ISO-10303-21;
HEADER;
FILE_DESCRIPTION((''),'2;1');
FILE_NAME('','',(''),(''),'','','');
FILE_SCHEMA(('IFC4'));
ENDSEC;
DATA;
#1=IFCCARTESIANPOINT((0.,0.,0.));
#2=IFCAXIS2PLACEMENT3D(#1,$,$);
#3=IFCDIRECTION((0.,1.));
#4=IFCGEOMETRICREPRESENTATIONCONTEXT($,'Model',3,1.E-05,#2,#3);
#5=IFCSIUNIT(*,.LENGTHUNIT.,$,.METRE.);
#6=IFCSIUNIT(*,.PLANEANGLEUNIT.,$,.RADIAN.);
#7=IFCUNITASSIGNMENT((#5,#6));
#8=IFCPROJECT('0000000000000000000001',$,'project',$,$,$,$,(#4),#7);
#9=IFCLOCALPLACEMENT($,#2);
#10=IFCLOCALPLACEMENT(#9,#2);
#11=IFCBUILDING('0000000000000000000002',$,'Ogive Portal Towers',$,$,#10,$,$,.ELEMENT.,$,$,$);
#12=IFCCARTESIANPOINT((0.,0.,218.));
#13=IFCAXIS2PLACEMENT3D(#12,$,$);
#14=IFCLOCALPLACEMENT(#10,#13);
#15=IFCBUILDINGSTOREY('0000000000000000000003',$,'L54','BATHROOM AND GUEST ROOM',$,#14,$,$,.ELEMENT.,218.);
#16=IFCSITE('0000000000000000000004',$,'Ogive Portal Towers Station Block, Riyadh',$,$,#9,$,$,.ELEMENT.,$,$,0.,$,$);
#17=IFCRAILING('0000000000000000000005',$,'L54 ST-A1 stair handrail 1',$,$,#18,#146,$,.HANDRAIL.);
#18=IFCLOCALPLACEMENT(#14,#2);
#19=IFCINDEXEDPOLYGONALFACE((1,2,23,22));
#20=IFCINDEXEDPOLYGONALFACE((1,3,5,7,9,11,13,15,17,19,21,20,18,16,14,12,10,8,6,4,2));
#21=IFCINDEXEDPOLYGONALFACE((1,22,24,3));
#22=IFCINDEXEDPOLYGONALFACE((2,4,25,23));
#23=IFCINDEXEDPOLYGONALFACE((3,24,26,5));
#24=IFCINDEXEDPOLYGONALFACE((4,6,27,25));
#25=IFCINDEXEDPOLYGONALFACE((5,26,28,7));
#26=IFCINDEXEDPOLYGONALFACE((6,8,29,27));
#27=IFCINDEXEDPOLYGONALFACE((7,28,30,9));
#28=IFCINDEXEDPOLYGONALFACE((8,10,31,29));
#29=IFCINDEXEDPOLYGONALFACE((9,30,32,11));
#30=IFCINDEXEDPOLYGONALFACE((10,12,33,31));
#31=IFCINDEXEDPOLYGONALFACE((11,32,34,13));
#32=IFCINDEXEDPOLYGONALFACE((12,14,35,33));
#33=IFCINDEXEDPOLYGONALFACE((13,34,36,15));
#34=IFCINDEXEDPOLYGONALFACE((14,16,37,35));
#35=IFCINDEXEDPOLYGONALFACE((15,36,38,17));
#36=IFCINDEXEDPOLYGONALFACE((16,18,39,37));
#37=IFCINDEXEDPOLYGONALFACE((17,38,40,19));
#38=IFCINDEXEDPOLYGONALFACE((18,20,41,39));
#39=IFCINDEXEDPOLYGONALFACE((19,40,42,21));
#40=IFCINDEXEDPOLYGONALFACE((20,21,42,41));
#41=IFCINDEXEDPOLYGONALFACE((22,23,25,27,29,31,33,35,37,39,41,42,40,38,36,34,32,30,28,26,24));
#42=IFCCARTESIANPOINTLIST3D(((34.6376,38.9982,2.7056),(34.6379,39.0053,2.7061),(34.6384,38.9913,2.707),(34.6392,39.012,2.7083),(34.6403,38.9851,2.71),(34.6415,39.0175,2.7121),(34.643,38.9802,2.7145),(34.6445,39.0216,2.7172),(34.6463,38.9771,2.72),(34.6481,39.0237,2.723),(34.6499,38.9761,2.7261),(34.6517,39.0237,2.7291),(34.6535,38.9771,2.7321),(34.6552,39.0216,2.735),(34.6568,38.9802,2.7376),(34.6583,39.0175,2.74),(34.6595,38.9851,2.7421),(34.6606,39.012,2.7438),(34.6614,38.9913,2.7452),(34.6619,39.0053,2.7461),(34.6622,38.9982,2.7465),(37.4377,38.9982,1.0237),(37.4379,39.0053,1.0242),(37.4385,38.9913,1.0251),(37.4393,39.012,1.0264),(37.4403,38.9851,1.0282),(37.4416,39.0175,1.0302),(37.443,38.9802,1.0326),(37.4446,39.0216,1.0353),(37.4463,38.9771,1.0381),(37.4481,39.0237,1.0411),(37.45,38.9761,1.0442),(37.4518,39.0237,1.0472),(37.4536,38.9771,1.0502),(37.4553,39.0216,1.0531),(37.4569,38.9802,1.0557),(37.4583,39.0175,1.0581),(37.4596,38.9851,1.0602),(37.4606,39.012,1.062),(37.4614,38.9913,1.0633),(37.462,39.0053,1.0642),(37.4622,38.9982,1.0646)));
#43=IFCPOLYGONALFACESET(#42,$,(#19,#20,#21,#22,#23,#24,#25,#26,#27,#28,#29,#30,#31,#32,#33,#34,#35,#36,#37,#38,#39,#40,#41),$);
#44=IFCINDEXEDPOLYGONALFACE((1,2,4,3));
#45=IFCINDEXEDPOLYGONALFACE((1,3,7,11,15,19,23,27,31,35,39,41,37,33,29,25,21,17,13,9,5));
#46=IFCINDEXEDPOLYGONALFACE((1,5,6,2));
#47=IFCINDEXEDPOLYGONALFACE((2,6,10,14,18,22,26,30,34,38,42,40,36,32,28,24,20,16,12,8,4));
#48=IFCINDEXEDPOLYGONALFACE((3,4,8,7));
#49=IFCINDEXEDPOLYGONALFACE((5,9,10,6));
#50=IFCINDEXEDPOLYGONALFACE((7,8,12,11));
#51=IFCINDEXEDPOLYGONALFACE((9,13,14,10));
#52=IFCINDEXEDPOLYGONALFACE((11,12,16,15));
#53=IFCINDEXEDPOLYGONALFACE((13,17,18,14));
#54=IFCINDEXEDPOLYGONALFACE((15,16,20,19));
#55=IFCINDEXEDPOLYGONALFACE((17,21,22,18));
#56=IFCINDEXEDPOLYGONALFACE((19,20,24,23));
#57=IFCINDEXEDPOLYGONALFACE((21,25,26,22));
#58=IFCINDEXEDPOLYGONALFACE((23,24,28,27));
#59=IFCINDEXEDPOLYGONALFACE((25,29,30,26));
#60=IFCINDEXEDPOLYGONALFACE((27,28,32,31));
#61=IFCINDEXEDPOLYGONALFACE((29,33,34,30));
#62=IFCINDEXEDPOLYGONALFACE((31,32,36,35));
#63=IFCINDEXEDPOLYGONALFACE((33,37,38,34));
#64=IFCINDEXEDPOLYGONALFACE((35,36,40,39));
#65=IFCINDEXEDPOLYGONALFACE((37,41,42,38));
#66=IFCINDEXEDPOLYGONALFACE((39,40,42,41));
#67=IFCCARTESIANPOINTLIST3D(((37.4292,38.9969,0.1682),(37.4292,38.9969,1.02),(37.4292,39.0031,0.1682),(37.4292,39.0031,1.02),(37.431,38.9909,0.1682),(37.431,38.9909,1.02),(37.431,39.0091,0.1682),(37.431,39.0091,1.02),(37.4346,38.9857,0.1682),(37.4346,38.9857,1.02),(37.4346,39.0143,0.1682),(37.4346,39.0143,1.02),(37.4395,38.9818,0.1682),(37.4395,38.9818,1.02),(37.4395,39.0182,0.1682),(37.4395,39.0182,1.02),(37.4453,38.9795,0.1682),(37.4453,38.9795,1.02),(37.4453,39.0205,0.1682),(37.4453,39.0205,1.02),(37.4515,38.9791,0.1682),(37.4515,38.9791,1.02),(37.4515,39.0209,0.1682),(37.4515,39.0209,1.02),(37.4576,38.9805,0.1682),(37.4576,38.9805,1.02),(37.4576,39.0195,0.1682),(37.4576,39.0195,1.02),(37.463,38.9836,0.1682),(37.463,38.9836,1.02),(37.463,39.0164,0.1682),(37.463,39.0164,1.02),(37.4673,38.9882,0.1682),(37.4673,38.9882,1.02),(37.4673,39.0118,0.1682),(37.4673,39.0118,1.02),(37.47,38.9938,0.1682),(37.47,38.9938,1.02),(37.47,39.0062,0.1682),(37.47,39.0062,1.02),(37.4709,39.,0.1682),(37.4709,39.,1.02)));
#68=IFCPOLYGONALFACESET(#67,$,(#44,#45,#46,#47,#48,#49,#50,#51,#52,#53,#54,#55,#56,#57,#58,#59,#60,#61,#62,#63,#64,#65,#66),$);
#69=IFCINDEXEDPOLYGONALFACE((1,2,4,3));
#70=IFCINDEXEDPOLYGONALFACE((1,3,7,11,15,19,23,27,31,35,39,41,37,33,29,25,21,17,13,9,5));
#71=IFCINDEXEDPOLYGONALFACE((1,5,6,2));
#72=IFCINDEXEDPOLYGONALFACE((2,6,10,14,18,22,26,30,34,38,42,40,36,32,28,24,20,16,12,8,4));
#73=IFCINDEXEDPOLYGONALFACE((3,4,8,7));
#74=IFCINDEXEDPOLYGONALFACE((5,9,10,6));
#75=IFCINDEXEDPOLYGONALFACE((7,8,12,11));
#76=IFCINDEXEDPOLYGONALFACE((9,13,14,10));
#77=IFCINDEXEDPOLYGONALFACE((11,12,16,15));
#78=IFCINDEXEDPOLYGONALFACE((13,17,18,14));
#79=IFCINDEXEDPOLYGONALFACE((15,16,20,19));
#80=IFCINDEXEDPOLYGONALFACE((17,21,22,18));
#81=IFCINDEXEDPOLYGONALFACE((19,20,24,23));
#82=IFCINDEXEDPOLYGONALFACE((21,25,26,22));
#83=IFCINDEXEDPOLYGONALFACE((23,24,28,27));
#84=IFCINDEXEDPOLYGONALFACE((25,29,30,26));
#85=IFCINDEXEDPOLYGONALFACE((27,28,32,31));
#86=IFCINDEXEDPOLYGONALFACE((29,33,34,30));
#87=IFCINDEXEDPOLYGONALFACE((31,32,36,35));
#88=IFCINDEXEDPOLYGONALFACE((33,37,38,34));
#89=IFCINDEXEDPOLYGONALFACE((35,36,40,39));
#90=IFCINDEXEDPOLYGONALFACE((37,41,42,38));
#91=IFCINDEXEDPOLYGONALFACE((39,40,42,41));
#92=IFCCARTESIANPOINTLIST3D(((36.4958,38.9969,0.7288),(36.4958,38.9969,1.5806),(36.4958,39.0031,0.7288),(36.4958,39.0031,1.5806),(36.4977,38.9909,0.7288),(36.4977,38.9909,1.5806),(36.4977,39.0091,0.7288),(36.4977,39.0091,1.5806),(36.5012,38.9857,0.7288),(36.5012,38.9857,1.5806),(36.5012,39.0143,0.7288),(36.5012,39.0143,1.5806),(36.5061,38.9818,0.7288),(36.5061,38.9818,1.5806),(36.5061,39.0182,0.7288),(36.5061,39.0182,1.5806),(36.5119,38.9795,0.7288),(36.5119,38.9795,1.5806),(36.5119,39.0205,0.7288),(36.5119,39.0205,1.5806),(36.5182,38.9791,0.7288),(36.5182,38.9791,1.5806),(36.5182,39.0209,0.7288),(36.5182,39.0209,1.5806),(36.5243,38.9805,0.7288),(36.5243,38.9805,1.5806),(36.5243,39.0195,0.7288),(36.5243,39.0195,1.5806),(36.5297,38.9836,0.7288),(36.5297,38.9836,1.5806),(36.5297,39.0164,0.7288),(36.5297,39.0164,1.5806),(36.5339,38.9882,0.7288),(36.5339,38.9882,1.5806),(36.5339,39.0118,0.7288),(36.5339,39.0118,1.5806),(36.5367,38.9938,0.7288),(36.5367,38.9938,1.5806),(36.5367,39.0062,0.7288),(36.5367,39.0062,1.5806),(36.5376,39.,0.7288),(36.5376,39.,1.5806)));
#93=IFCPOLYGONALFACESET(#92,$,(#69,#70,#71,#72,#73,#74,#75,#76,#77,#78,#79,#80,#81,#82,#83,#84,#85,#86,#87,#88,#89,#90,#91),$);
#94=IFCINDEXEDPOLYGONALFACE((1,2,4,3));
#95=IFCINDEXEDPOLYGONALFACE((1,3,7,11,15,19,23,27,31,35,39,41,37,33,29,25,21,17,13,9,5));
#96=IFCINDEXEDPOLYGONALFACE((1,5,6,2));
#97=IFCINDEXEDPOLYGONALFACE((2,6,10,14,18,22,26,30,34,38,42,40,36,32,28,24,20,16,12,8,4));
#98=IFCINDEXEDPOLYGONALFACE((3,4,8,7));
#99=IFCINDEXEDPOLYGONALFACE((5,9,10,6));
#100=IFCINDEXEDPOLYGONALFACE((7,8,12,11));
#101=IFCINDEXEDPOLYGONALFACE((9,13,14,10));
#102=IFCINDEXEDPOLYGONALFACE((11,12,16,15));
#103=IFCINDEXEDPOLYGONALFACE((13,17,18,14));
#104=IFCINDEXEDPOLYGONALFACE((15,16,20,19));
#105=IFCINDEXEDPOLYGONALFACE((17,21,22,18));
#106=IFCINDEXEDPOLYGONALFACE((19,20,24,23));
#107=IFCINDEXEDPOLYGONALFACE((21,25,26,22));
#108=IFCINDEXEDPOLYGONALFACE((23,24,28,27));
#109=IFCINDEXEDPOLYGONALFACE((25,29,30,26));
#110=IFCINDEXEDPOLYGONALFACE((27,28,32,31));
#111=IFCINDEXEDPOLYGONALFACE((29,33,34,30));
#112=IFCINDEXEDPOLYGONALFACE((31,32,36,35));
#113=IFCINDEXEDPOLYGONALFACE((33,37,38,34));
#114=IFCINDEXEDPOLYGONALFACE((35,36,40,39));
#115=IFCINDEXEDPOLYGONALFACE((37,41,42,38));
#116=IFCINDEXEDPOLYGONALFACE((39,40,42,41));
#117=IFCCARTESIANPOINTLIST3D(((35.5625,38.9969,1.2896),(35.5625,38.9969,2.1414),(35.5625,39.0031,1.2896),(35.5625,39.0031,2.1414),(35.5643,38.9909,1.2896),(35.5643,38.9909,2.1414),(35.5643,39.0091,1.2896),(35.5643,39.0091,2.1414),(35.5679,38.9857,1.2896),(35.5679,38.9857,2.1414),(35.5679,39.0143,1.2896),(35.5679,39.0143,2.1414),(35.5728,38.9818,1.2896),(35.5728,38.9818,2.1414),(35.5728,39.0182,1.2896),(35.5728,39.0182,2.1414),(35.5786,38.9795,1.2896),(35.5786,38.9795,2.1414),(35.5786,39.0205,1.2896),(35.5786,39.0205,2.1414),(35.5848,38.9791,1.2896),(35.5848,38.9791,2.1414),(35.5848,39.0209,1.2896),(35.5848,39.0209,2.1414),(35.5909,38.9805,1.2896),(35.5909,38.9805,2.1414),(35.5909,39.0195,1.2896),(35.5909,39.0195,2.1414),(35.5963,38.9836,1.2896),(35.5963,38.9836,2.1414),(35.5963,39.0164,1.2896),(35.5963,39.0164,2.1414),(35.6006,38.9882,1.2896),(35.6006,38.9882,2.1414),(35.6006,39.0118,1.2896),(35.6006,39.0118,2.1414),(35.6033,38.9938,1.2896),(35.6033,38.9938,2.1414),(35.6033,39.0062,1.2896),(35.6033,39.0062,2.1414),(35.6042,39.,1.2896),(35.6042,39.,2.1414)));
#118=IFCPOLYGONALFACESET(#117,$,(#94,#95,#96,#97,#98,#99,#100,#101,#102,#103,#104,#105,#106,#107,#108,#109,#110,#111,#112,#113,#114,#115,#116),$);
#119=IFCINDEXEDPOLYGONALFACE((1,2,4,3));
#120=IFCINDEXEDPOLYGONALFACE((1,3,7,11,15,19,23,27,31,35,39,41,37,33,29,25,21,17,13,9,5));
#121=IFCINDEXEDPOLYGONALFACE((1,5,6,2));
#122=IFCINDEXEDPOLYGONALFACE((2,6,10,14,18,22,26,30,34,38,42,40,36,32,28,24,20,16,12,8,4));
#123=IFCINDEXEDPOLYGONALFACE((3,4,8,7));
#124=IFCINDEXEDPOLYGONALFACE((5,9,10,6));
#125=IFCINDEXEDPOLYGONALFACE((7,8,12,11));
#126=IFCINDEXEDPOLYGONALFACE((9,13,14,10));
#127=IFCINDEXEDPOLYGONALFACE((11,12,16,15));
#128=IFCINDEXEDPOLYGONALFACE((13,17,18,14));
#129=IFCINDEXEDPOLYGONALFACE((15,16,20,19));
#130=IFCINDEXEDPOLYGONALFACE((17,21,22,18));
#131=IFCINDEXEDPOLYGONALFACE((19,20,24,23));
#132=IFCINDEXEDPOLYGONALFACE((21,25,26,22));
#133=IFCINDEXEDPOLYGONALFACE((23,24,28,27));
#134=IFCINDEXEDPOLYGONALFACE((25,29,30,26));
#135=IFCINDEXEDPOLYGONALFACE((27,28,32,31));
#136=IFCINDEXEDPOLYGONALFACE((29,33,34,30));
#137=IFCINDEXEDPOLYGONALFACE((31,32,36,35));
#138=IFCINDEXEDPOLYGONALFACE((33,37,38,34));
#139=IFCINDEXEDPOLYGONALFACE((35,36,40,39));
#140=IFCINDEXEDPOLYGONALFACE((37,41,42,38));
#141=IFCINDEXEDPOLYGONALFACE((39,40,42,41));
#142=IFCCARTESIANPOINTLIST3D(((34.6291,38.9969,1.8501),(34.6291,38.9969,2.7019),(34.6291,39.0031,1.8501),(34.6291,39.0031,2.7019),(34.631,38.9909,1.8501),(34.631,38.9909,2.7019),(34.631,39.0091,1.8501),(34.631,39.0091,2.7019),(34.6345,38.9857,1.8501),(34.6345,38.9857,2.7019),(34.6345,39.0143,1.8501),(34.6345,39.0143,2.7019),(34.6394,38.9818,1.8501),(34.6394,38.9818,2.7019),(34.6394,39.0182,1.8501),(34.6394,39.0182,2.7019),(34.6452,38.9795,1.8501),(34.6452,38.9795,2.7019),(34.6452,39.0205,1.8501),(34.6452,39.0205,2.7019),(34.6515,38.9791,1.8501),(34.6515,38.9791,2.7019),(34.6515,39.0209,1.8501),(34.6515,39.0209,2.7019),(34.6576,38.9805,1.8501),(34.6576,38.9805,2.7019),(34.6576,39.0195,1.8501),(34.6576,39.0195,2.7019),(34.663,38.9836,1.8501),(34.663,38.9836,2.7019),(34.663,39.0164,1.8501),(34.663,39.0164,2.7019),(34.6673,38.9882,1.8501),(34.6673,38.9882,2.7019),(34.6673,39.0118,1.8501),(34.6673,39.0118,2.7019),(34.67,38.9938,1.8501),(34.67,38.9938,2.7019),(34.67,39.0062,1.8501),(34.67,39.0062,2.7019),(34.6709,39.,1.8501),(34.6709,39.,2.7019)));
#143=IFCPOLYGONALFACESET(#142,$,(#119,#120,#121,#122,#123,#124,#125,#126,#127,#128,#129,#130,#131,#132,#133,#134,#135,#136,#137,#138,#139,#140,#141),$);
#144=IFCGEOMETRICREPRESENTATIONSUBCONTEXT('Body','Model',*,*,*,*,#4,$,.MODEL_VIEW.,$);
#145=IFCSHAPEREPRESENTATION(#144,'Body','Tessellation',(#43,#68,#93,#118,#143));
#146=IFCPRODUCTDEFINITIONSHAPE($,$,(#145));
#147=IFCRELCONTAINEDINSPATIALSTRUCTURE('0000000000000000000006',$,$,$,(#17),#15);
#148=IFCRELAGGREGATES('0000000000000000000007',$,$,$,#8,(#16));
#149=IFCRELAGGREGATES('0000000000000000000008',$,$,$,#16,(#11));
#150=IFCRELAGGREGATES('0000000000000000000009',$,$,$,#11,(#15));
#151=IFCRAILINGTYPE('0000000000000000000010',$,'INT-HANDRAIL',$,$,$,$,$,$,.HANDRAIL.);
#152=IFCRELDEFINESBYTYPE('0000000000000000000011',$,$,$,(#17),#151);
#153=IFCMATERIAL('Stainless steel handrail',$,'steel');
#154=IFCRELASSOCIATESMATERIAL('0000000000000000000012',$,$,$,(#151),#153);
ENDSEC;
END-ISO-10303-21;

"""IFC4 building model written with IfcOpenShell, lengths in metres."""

from ifc_helpers import new_model, si_unit, direction, frame, origin, origin_2d, place, context, subcontext, project, spatial, circle, extrude, material, type_object, element, save


model = new_model("IFC4")

# Units and contexts
model_context = context("Model", 3, precision=1e-05, world=origin(), true_north=direction((0.0, 1.0)))
body_context = subcontext(model_context, "Body", "Model", "MODEL_VIEW")
ifc_project = project(units=[si_unit("LENGTHUNIT", "METRE"), si_unit("PLANEANGLEUNIT", "RADIAN")], contexts=[model_context])

# Site, building, storey
site_placement = place(None, origin())
site = spatial("IfcSite", under=ifc_project, at=site_placement, Name="Ogive Portal Towers Station Block, Riyadh", CompositionType="ELEMENT", RefElevation=0.0)
building_placement = place(site_placement, origin())
building = spatial("IfcBuilding", under=site, at=building_placement, Name="Ogive Portal Towers", CompositionType="ELEMENT")
storey_placement = place(building_placement, frame((0.0, 0.0, 218.0)))
storey = spatial("IfcBuildingStorey", under=building, at=storey_placement, Name="L54", Description="BATHROOM AND GUEST ROOM", CompositionType="ELEMENT", Elevation=218.0)

# Railing
ifc_material_1 = material(Name="Stainless steel handrail", Category="steel")
railing_type_1 = type_object("IfcRailingType", Name="INT-HANDRAIL", PredefinedType="HANDRAIL", material=ifc_material_1)
railing_1_placement = place(storey_placement, frame((37.45, 39.0, 0.1682)))
element("IfcRailing", 1, at=railing_1_placement, inside=storey, type_object=railing_type_1, Name="L54 ST-A1 stair handrail 1", PredefinedType="HANDRAIL", context=body_context, shape_type="SweptSolid", body=[
    extrude(circle(Radius=0.0239, at=origin_2d()), frame((0.0, 0.0, 0.876), z_axis=(-0.857242, 0.0, 0.514913), x_axis=(0.0, -1.0, 0.0)), (0.0, 0.0, 1.0), 3.2664),
    extrude(circle(Radius=0.021, at=origin_2d()), origin(), (0.0, 0.0, 1.0), 0.8518),
    extrude(circle(Radius=0.021, at=origin_2d()), frame((-0.9333, 0.0, 0.5605)), (0.0, 0.0, 1.0), 0.8518),
    extrude(circle(Radius=0.021, at=origin_2d()), frame((-1.8667, 0.0, 1.1213)), (0.0, 0.0, 1.0), 0.8518),
    extrude(circle(Radius=0.021, at=origin_2d()), frame((-2.8, 0.0, 1.6819)), (0.0, 0.0, 1.0), 0.8518),
])

save(model, "model.ifc")
